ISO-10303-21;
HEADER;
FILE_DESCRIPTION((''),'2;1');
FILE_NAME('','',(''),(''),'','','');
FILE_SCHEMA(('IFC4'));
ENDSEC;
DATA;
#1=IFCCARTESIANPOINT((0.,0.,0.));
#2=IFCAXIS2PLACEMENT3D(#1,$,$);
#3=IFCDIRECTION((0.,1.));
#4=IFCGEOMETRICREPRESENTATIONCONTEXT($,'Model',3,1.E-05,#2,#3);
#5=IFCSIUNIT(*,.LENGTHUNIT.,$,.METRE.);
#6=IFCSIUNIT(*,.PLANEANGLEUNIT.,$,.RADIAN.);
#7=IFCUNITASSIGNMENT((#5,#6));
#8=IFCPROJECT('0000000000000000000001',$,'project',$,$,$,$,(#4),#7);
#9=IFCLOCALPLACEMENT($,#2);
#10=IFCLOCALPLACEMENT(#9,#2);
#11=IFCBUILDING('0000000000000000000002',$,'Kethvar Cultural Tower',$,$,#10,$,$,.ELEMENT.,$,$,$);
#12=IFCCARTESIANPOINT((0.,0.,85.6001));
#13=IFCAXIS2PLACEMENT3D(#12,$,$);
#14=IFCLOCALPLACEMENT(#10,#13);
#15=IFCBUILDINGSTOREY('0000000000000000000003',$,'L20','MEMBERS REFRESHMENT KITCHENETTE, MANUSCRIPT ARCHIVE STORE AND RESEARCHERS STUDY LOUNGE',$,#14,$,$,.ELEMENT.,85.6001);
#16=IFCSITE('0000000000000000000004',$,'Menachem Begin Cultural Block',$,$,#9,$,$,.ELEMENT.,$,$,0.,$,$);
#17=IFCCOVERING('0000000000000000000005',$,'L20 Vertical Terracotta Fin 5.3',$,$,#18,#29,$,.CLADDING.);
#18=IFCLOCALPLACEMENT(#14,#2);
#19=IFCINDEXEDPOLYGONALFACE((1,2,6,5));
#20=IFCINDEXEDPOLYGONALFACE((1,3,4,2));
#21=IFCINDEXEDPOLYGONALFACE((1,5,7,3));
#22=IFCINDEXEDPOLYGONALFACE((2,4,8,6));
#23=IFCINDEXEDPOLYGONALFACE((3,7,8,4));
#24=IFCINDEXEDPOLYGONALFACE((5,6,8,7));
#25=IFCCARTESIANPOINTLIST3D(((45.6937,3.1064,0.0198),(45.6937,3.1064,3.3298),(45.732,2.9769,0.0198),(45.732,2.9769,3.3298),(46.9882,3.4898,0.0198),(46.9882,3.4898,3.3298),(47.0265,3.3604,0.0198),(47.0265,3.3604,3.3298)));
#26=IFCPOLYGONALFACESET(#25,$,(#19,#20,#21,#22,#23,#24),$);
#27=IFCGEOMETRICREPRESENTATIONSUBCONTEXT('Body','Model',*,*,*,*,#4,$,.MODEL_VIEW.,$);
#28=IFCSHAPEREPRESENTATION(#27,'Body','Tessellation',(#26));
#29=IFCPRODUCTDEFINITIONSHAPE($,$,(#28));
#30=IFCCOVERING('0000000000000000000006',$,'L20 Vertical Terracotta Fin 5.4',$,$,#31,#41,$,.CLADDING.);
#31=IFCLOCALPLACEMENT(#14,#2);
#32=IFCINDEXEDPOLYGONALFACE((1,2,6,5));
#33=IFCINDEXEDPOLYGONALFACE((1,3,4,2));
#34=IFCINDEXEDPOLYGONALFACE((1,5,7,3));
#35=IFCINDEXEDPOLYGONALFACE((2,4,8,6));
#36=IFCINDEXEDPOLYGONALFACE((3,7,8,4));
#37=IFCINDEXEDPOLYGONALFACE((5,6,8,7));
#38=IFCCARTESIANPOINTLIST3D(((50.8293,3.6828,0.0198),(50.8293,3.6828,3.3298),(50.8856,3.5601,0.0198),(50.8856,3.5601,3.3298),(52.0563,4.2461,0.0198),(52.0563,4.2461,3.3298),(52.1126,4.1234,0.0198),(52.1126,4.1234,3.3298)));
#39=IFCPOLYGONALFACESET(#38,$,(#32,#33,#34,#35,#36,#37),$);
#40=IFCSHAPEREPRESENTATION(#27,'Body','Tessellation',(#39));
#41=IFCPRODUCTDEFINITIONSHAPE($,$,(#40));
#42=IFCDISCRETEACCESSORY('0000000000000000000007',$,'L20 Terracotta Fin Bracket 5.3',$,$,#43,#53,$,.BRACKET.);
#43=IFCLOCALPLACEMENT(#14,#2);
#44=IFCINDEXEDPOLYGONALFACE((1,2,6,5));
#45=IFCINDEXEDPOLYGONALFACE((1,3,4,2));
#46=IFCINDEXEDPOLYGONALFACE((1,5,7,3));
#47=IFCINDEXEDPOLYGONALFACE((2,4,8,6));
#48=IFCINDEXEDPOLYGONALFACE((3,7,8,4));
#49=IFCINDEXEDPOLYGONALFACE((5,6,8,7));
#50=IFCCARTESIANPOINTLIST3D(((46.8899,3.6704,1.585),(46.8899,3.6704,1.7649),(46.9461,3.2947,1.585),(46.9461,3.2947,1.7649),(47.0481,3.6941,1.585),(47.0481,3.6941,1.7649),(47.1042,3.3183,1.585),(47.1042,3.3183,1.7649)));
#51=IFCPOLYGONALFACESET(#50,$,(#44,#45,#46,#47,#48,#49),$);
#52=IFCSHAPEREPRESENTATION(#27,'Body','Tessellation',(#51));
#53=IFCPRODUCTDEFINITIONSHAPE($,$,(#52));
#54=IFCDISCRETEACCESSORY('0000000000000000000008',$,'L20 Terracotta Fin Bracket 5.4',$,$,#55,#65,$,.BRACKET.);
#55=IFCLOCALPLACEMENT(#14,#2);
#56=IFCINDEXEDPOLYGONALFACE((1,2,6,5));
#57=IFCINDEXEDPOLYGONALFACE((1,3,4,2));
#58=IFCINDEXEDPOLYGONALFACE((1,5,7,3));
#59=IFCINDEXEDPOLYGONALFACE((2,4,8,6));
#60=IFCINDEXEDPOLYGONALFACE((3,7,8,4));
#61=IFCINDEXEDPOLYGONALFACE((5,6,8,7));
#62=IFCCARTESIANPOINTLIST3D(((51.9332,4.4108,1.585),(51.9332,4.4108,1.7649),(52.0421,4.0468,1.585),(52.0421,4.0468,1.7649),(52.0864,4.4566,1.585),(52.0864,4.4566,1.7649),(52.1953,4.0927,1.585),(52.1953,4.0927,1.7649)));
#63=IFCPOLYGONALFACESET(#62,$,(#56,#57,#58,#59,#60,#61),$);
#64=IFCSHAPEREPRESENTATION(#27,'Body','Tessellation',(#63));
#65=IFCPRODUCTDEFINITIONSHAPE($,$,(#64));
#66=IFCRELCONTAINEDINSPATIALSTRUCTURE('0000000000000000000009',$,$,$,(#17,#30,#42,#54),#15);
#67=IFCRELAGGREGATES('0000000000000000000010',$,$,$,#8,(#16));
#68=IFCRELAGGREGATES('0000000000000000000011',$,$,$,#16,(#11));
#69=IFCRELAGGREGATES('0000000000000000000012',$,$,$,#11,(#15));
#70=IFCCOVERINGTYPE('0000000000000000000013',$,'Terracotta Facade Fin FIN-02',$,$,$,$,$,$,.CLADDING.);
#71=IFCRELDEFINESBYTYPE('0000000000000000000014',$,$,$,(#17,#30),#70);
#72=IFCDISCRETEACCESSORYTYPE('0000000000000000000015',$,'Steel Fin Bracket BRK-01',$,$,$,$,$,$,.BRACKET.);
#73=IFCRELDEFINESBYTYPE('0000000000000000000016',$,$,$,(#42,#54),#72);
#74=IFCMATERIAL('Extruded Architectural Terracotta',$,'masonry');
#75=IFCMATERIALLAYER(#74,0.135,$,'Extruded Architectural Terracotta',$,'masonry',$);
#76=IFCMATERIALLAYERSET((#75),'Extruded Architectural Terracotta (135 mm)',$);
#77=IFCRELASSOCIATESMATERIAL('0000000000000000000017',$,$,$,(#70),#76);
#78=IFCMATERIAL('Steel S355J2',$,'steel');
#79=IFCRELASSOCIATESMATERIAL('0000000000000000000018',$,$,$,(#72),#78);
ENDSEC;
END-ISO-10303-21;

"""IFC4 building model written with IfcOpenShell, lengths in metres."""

from ifc_helpers import new_model, si_unit, direction, frame, origin, origin_2d, place, context, subcontext, project, spatial, rectangle, extrude, source, transform, mapped, material, layer, layer_set, type_object, element, save


model = new_model("IFC4")

# Units and contexts
model_context = context("Model", 3, precision=1e-05, world=origin(), true_north=direction((0.0, 1.0)))
body_context = subcontext(model_context, "Body", "Model", "MODEL_VIEW")
ifc_project = project(units=[si_unit("LENGTHUNIT", "METRE"), si_unit("PLANEANGLEUNIT", "RADIAN")], contexts=[model_context])

# Site, building, storey
site_placement = place(None, origin())
site = spatial("IfcSite", under=ifc_project, at=site_placement, Name="Menachem Begin Cultural Block", CompositionType="ELEMENT", RefElevation=0.0)
building_placement = place(site_placement, origin())
building = spatial("IfcBuilding", under=site, at=building_placement, Name="Kethvar Cultural Tower", CompositionType="ELEMENT")
storey_placement = place(building_placement, frame((0.0, 0.0, 85.6001)))
storey = spatial("IfcBuildingStorey", under=building, at=storey_placement, Name="L20", Description="MEMBERS REFRESHMENT KITCHENETTE, MANUSCRIPT ARCHIVE STORE AND RESEARCHERS STUDY LOUNGE", CompositionType="ELEMENT", Elevation=85.6001)

# Shared definitions
ifc_material_1 = material(Name="Steel S355J2", Category="steel")

# Coverings
ifc_material_2 = material(Name="Extruded Architectural Terracotta", Category="masonry")
ifc_layer_1 = layer(ifc_material_2, 0.135, Name="Extruded Architectural Terracotta", Category="masonry")
ifc_layer_set_1 = layer_set([ifc_layer_1], Name="Extruded Architectural Terracotta (135 mm)")
covering_type = type_object("IfcCoveringType", Name="Terracotta Facade Fin FIN-02", PredefinedType="CLADDING", material=ifc_layer_set_1)
shared_shape_1 = source(origin(), body_context, "Body", "SweptSolid", [
    extrude(rectangle(XDim=1.3501, YDim=0.135, at=origin_2d()), origin(), (0.0, 0.0, 1.0), 3.3101),
])
for number, where, z_axis, x_axis, name in (
    (1, (46.3601, 3.2334, 0.0198), (0.0, 0.0, 1.0), (-0.95882, -0.284015, 0.0), "L20 Vertical Terracotta Fin 5.3"),
    (2, (51.4709, 3.9031, 0.0198), (0.0, 0.0, 1.0), (-0.9088, -0.417233, 0.0), "L20 Vertical Terracotta Fin 5.4"),
):
    element("IfcCovering", number, at=place(storey_placement, frame(where, z_axis=z_axis, x_axis=x_axis)), inside=storey, type_object=covering_type, Name=name, PredefinedType="CLADDING", context=body_context, shape_type="MappedRepresentation", body=[
        mapped(shared_shape_1, transform((0.0, 0.0, 0.0), scale=1.0)),
    ])

# Discrete accessories
discrete_accessory_type = type_object("IfcDiscreteAccessoryType", Name="Steel Fin Bracket BRK-01", PredefinedType="BRACKET", material=ifc_material_1)
shared_shape_2 = source(origin(), body_context, "Body", "SweptSolid", [
    extrude(rectangle(XDim=0.3799, YDim=0.1599, at=origin_2d()), origin(), (0.0, 0.0, 1.0), 0.1799),
])
for number, where, z_axis, x_axis, name in (
    (3, (46.9971, 3.4944, 1.585), (0.0, 0.0, 1.0), (0.147809, -0.989016, 0.0), "L20 Terracotta Fin Bracket 5.3"),
    (4, (52.0642, 4.2517, 1.585), (0.0, 0.0, 1.0), (0.286692, -0.958023, 0.0), "L20 Terracotta Fin Bracket 5.4"),
):
    element("IfcDiscreteAccessory", number, at=place(storey_placement, frame(where, z_axis=z_axis, x_axis=x_axis)), inside=storey, type_object=discrete_accessory_type, Name=name, PredefinedType="BRACKET", context=body_context, shape_type="MappedRepresentation", body=[
        mapped(shared_shape_2, transform((0.0, 0.0, 0.0), scale=1.0)),
    ])

save(model, "model.ifc")
